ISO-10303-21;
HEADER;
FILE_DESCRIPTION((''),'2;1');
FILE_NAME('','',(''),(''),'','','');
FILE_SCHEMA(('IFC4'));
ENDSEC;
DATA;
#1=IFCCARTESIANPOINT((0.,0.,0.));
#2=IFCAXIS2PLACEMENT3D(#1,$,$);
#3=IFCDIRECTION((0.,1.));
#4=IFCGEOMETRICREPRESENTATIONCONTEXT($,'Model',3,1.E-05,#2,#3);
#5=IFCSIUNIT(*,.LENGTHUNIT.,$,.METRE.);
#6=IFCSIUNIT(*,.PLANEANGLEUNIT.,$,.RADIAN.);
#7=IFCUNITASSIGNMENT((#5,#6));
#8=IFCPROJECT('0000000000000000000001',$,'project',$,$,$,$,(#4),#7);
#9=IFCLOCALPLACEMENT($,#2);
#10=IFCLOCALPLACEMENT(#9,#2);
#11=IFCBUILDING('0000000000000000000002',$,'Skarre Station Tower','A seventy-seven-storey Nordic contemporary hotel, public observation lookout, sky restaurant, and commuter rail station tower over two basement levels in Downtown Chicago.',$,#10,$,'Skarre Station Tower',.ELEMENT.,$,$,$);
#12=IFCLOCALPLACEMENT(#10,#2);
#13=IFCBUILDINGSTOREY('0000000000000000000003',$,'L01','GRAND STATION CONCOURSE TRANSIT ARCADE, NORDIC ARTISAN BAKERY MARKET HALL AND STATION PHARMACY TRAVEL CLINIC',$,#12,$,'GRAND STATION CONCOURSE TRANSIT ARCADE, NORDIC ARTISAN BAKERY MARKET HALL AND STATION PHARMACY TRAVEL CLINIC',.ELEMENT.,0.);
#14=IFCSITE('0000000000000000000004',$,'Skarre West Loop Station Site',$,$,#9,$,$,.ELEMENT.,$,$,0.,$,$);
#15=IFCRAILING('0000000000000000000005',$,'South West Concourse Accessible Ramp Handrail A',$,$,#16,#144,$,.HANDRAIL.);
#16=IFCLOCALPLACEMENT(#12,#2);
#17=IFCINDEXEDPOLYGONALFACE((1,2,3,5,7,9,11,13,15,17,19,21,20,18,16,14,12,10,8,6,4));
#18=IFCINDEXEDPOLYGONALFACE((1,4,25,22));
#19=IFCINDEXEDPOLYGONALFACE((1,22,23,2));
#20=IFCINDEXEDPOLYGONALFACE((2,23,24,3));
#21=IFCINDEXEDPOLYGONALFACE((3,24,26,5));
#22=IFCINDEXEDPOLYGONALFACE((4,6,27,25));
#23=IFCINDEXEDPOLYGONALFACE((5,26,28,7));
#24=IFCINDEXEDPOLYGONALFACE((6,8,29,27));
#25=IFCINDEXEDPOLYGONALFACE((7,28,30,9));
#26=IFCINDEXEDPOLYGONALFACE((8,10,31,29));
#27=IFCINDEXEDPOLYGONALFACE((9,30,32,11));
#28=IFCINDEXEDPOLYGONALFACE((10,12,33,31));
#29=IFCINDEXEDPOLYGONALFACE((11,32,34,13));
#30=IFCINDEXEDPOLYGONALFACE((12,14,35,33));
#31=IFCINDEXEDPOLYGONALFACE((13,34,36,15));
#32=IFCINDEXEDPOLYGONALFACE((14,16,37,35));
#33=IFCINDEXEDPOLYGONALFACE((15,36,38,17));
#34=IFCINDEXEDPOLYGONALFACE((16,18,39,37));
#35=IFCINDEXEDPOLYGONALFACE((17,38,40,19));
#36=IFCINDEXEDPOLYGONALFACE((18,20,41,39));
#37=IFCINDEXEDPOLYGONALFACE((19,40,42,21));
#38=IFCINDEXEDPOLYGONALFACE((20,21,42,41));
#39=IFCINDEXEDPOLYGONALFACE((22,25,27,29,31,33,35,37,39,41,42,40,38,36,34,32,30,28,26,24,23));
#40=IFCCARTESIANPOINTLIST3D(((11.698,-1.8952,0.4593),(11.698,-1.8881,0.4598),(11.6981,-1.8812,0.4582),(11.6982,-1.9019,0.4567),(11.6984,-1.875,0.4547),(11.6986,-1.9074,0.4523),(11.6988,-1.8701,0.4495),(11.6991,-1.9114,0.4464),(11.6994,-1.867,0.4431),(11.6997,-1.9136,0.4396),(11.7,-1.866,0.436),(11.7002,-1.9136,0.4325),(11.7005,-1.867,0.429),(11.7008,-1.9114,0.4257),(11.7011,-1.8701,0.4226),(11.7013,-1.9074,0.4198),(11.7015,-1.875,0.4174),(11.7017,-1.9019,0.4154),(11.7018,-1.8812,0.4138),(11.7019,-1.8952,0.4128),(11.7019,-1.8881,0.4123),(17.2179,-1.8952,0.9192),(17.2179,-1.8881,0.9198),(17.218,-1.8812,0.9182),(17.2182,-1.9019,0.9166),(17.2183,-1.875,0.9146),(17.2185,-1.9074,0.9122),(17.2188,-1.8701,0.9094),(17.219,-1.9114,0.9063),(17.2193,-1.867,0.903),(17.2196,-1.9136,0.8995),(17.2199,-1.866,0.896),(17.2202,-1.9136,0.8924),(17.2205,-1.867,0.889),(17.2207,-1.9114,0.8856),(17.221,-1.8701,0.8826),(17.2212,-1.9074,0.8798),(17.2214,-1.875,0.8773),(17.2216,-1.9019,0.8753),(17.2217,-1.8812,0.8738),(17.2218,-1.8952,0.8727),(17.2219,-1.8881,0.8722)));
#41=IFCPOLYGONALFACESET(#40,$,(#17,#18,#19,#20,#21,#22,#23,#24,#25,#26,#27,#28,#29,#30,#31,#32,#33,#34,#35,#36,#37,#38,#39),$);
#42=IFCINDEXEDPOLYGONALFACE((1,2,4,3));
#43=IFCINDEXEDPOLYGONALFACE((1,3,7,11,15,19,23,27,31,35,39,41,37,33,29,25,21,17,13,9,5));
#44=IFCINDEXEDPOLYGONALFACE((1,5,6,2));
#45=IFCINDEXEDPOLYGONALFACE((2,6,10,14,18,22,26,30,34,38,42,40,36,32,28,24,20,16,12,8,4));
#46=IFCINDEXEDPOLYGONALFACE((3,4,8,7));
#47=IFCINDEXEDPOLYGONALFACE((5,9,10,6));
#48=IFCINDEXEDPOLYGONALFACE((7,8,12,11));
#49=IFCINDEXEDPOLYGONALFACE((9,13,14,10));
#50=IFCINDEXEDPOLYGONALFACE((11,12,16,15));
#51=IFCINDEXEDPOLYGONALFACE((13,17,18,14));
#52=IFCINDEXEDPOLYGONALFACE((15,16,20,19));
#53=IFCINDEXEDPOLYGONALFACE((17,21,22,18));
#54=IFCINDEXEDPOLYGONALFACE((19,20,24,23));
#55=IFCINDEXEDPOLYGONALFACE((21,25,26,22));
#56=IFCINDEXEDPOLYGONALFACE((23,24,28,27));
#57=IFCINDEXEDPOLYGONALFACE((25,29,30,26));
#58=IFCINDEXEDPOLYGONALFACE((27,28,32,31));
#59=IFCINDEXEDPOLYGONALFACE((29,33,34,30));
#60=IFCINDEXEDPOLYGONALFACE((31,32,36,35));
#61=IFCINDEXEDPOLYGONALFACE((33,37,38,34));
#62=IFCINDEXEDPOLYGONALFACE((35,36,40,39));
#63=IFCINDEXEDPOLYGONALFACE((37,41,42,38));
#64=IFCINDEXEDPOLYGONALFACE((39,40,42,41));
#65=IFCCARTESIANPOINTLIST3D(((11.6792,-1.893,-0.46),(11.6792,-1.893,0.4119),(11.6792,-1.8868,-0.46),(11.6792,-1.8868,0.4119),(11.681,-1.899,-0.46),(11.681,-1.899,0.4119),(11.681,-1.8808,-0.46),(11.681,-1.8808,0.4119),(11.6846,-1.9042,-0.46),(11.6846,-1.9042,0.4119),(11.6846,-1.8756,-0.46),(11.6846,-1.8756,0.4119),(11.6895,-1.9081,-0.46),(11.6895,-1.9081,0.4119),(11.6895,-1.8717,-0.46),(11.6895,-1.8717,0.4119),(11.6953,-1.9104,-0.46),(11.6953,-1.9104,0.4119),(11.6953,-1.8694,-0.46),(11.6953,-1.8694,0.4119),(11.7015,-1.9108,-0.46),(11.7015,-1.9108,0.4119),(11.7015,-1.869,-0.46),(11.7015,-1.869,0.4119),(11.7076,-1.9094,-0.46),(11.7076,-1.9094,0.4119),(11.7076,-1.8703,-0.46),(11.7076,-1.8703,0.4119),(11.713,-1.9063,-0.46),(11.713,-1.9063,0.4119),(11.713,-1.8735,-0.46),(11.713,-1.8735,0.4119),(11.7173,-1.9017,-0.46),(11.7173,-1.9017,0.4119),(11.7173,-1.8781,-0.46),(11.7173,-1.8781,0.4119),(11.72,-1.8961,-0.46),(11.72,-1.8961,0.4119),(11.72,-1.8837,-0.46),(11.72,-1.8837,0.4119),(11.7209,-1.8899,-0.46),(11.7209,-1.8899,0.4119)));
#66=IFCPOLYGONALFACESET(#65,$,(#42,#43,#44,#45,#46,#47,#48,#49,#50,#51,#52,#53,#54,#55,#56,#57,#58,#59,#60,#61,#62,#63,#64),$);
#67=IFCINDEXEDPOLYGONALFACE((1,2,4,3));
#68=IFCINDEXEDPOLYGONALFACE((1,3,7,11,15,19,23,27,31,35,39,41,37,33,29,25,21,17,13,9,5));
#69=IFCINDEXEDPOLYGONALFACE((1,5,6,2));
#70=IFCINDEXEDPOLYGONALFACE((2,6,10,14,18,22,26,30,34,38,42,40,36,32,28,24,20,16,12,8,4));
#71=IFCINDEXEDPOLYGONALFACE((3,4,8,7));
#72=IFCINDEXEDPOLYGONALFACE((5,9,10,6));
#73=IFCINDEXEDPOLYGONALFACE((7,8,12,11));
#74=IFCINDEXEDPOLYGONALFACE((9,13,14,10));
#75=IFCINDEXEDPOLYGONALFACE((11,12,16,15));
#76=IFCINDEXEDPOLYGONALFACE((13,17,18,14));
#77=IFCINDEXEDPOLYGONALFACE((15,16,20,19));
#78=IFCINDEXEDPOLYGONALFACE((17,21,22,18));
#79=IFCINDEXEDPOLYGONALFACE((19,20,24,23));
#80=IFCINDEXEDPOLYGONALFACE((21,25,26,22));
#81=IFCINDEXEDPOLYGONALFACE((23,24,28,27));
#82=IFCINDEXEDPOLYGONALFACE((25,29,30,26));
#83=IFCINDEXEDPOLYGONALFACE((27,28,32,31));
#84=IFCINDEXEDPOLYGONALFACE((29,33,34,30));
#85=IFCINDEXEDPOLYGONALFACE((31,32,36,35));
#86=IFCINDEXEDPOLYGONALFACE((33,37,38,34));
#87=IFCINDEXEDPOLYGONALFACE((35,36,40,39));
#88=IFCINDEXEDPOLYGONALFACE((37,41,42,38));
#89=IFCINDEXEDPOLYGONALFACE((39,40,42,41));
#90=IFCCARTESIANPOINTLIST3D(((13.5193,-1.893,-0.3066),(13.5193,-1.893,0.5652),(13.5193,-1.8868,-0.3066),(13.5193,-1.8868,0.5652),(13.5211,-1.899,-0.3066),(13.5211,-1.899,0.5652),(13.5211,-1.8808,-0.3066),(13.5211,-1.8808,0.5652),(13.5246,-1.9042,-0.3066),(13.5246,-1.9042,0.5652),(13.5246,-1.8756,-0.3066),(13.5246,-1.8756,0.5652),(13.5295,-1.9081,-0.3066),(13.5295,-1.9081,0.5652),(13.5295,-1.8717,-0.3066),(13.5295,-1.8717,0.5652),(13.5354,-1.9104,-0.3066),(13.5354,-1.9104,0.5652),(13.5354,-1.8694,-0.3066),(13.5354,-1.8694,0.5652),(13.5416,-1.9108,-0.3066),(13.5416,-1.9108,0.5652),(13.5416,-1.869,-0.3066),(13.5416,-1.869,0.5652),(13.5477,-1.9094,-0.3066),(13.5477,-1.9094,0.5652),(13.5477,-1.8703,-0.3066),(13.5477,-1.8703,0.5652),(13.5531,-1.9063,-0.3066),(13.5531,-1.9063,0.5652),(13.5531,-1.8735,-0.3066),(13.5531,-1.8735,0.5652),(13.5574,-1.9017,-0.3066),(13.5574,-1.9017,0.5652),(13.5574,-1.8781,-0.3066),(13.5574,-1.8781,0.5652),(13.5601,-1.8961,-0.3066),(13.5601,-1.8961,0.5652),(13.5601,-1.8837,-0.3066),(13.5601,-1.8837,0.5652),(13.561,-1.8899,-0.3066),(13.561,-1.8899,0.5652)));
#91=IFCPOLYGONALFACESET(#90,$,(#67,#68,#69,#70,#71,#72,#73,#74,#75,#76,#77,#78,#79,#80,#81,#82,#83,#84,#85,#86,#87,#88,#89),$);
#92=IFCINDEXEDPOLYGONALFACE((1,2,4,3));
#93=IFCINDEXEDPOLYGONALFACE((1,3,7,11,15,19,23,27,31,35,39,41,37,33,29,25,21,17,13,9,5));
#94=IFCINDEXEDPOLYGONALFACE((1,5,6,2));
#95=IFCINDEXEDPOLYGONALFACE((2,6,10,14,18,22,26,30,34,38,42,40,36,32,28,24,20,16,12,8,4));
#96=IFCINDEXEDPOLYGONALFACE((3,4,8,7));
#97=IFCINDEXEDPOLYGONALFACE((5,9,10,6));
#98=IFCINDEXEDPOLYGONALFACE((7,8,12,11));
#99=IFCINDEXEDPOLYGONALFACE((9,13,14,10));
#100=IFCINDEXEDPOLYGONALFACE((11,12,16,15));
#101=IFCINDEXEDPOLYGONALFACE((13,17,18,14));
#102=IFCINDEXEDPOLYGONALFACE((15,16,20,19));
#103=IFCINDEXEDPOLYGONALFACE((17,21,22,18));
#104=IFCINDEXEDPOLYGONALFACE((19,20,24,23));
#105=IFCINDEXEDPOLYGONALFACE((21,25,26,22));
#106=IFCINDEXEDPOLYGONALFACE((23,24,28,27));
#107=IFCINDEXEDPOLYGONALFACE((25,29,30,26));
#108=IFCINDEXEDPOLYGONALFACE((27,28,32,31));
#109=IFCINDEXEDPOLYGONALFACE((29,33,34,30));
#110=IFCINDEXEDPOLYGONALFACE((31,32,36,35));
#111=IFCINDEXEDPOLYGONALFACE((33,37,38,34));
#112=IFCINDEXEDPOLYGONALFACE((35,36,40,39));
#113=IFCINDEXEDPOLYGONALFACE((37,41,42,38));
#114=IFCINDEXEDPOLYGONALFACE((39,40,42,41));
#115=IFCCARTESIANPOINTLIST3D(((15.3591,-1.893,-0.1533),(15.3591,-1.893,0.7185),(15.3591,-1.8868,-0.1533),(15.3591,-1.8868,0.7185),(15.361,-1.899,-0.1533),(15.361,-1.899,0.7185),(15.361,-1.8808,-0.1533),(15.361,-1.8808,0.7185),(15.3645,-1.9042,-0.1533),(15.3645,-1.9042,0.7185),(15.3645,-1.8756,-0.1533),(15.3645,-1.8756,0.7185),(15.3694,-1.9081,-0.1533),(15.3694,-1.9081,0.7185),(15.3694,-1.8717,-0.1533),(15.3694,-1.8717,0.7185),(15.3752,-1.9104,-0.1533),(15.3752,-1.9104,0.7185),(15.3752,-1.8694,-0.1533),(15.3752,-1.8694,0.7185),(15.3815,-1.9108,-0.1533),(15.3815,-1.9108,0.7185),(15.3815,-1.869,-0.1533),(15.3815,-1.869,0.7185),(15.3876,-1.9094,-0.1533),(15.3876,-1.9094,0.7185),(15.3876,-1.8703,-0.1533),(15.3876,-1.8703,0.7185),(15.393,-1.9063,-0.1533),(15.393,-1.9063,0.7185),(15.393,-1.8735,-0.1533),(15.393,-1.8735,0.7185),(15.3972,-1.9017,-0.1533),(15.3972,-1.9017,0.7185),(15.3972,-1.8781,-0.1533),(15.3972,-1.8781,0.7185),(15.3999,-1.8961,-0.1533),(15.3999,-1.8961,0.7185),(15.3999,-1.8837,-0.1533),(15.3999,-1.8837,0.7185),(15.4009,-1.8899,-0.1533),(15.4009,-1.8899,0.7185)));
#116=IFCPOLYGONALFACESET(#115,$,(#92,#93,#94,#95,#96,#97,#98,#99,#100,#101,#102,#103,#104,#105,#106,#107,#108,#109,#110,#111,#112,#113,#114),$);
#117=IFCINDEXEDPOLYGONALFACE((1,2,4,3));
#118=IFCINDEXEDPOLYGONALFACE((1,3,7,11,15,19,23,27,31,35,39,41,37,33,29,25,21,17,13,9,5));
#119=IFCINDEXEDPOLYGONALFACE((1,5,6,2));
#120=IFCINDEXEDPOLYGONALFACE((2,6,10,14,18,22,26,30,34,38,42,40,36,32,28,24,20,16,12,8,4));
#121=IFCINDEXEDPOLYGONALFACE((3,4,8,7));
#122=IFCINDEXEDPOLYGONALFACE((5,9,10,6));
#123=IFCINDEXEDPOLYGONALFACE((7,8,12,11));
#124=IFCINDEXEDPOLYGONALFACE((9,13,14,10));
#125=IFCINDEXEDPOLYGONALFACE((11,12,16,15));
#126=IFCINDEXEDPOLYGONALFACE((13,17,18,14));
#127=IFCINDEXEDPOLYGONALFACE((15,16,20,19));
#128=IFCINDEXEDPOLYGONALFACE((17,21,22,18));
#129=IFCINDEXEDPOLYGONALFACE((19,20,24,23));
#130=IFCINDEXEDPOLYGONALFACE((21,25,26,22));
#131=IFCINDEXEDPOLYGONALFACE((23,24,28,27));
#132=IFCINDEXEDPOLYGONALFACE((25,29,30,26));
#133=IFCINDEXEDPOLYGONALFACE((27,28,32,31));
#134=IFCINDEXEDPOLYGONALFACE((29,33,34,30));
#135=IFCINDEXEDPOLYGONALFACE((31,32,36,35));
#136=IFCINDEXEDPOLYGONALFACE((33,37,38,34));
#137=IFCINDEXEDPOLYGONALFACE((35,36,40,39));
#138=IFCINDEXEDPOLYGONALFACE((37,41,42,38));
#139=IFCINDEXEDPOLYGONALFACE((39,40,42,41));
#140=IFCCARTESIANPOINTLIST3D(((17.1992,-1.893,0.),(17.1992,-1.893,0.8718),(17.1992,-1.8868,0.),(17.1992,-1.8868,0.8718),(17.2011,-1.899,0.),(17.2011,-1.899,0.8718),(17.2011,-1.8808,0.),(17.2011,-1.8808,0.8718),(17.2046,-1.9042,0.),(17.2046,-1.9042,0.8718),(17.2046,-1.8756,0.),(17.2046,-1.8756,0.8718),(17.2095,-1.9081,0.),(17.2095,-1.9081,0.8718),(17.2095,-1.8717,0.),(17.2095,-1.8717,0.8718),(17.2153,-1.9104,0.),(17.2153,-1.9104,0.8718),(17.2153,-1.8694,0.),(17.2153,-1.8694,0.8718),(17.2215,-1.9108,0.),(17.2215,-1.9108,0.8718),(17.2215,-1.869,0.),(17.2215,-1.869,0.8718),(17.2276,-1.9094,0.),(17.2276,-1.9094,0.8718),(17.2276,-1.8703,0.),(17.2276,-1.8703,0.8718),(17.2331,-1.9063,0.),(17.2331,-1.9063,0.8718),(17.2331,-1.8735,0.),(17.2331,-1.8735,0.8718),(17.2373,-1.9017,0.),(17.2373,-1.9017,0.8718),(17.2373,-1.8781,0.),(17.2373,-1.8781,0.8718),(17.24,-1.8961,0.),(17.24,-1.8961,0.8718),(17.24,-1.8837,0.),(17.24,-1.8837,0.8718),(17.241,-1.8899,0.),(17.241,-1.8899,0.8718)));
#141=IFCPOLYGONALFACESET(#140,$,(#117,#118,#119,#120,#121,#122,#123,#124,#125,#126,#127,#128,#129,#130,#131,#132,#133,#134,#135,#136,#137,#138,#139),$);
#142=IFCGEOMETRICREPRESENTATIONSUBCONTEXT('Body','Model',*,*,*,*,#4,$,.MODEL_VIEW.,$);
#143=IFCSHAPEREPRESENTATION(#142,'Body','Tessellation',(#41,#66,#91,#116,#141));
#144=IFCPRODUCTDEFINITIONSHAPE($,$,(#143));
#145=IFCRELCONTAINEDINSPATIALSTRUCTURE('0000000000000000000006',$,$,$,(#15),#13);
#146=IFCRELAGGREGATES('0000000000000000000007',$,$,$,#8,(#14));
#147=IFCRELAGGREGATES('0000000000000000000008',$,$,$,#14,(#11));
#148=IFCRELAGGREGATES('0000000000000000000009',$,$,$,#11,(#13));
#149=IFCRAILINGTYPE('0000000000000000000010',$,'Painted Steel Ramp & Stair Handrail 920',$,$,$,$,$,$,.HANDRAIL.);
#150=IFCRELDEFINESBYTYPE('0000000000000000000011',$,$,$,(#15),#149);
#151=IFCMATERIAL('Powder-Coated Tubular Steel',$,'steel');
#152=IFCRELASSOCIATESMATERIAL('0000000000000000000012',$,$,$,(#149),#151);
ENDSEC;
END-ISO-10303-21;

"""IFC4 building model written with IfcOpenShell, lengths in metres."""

from ifc_helpers import new_model, si_unit, direction, frame, origin, origin_2d, place, context, subcontext, project, spatial, circle, extrude, material, type_object, element, save


model = new_model("IFC4")

# Units and contexts
model_context = context("Model", 3, precision=1e-05, world=origin(), true_north=direction((0.0, 1.0)))
body_context = subcontext(model_context, "Body", "Model", "MODEL_VIEW")
ifc_project = project(units=[si_unit("LENGTHUNIT", "METRE"), si_unit("PLANEANGLEUNIT", "RADIAN")], contexts=[model_context])

# Site, building, storey
site_placement = place(None, origin())
site = spatial("IfcSite", under=ifc_project, at=site_placement, Name="Skarre West Loop Station Site", CompositionType="ELEMENT", RefElevation=0.0)
building_placement = place(site_placement, origin())
building = spatial("IfcBuilding", under=site, at=building_placement, Name="Skarre Station Tower", Description="A seventy-seven-storey Nordic contemporary hotel, public observation lookout, sky restaurant, and commuter rail station tower over two basement levels in Downtown Chicago.", LongName="Skarre Station Tower", CompositionType="ELEMENT")
storey_placement = place(building_placement, origin())
storey = spatial("IfcBuildingStorey", under=building, at=storey_placement, Name="L01", Description="GRAND STATION CONCOURSE TRANSIT ARCADE, NORDIC ARTISAN BAKERY MARKET HALL AND STATION PHARMACY TRAVEL CLINIC", LongName="GRAND STATION CONCOURSE TRANSIT ARCADE, NORDIC ARTISAN BAKERY MARKET HALL AND STATION PHARMACY TRAVEL CLINIC", CompositionType="ELEMENT", Elevation=0.0)

# Railing
ifc_material_1 = material(Name="Powder-Coated Tubular Steel", Category="steel")
railing_type_1 = type_object("IfcRailingType", Name="Painted Steel Ramp & Stair Handrail 920", PredefinedType="HANDRAIL", material=ifc_material_1)
for number, where, name in (
    (1, (11.7, -1.8899, -0.46), "South West Concourse Accessible Ramp Handrail A"),
):
    element("IfcRailing", number, at=place(storey_placement, frame(where)), inside=storey, type_object=railing_type_1, Name=name, PredefinedType="HANDRAIL", context=body_context, shape_type="SweptSolid", body=[
        extrude(circle(Radius=0.0239, at=origin_2d()), frame((0.0, 0.0, 0.896), z_axis=(0.996546, 0.0, 0.083038), x_axis=(0.0, 1.0, 0.0)), (0.0, 0.0, 1.0), 5.5391),
        extrude(circle(Radius=0.021, at=origin_2d()), origin(), (0.0, 0.0, 1.0), 0.8718),
        extrude(circle(Radius=0.021, at=origin_2d()), frame((1.8401, 0.0, 0.1533)), (0.0, 0.0, 1.0), 0.8718),
        extrude(circle(Radius=0.021, at=origin_2d()), frame((3.6799, 0.0, 0.3066)), (0.0, 0.0, 1.0), 0.8718),
        extrude(circle(Radius=0.021, at=origin_2d()), frame((5.52, 0.0, 0.46)), (0.0, 0.0, 1.0), 0.8718),
    ])

save(model, "model.ifc")
